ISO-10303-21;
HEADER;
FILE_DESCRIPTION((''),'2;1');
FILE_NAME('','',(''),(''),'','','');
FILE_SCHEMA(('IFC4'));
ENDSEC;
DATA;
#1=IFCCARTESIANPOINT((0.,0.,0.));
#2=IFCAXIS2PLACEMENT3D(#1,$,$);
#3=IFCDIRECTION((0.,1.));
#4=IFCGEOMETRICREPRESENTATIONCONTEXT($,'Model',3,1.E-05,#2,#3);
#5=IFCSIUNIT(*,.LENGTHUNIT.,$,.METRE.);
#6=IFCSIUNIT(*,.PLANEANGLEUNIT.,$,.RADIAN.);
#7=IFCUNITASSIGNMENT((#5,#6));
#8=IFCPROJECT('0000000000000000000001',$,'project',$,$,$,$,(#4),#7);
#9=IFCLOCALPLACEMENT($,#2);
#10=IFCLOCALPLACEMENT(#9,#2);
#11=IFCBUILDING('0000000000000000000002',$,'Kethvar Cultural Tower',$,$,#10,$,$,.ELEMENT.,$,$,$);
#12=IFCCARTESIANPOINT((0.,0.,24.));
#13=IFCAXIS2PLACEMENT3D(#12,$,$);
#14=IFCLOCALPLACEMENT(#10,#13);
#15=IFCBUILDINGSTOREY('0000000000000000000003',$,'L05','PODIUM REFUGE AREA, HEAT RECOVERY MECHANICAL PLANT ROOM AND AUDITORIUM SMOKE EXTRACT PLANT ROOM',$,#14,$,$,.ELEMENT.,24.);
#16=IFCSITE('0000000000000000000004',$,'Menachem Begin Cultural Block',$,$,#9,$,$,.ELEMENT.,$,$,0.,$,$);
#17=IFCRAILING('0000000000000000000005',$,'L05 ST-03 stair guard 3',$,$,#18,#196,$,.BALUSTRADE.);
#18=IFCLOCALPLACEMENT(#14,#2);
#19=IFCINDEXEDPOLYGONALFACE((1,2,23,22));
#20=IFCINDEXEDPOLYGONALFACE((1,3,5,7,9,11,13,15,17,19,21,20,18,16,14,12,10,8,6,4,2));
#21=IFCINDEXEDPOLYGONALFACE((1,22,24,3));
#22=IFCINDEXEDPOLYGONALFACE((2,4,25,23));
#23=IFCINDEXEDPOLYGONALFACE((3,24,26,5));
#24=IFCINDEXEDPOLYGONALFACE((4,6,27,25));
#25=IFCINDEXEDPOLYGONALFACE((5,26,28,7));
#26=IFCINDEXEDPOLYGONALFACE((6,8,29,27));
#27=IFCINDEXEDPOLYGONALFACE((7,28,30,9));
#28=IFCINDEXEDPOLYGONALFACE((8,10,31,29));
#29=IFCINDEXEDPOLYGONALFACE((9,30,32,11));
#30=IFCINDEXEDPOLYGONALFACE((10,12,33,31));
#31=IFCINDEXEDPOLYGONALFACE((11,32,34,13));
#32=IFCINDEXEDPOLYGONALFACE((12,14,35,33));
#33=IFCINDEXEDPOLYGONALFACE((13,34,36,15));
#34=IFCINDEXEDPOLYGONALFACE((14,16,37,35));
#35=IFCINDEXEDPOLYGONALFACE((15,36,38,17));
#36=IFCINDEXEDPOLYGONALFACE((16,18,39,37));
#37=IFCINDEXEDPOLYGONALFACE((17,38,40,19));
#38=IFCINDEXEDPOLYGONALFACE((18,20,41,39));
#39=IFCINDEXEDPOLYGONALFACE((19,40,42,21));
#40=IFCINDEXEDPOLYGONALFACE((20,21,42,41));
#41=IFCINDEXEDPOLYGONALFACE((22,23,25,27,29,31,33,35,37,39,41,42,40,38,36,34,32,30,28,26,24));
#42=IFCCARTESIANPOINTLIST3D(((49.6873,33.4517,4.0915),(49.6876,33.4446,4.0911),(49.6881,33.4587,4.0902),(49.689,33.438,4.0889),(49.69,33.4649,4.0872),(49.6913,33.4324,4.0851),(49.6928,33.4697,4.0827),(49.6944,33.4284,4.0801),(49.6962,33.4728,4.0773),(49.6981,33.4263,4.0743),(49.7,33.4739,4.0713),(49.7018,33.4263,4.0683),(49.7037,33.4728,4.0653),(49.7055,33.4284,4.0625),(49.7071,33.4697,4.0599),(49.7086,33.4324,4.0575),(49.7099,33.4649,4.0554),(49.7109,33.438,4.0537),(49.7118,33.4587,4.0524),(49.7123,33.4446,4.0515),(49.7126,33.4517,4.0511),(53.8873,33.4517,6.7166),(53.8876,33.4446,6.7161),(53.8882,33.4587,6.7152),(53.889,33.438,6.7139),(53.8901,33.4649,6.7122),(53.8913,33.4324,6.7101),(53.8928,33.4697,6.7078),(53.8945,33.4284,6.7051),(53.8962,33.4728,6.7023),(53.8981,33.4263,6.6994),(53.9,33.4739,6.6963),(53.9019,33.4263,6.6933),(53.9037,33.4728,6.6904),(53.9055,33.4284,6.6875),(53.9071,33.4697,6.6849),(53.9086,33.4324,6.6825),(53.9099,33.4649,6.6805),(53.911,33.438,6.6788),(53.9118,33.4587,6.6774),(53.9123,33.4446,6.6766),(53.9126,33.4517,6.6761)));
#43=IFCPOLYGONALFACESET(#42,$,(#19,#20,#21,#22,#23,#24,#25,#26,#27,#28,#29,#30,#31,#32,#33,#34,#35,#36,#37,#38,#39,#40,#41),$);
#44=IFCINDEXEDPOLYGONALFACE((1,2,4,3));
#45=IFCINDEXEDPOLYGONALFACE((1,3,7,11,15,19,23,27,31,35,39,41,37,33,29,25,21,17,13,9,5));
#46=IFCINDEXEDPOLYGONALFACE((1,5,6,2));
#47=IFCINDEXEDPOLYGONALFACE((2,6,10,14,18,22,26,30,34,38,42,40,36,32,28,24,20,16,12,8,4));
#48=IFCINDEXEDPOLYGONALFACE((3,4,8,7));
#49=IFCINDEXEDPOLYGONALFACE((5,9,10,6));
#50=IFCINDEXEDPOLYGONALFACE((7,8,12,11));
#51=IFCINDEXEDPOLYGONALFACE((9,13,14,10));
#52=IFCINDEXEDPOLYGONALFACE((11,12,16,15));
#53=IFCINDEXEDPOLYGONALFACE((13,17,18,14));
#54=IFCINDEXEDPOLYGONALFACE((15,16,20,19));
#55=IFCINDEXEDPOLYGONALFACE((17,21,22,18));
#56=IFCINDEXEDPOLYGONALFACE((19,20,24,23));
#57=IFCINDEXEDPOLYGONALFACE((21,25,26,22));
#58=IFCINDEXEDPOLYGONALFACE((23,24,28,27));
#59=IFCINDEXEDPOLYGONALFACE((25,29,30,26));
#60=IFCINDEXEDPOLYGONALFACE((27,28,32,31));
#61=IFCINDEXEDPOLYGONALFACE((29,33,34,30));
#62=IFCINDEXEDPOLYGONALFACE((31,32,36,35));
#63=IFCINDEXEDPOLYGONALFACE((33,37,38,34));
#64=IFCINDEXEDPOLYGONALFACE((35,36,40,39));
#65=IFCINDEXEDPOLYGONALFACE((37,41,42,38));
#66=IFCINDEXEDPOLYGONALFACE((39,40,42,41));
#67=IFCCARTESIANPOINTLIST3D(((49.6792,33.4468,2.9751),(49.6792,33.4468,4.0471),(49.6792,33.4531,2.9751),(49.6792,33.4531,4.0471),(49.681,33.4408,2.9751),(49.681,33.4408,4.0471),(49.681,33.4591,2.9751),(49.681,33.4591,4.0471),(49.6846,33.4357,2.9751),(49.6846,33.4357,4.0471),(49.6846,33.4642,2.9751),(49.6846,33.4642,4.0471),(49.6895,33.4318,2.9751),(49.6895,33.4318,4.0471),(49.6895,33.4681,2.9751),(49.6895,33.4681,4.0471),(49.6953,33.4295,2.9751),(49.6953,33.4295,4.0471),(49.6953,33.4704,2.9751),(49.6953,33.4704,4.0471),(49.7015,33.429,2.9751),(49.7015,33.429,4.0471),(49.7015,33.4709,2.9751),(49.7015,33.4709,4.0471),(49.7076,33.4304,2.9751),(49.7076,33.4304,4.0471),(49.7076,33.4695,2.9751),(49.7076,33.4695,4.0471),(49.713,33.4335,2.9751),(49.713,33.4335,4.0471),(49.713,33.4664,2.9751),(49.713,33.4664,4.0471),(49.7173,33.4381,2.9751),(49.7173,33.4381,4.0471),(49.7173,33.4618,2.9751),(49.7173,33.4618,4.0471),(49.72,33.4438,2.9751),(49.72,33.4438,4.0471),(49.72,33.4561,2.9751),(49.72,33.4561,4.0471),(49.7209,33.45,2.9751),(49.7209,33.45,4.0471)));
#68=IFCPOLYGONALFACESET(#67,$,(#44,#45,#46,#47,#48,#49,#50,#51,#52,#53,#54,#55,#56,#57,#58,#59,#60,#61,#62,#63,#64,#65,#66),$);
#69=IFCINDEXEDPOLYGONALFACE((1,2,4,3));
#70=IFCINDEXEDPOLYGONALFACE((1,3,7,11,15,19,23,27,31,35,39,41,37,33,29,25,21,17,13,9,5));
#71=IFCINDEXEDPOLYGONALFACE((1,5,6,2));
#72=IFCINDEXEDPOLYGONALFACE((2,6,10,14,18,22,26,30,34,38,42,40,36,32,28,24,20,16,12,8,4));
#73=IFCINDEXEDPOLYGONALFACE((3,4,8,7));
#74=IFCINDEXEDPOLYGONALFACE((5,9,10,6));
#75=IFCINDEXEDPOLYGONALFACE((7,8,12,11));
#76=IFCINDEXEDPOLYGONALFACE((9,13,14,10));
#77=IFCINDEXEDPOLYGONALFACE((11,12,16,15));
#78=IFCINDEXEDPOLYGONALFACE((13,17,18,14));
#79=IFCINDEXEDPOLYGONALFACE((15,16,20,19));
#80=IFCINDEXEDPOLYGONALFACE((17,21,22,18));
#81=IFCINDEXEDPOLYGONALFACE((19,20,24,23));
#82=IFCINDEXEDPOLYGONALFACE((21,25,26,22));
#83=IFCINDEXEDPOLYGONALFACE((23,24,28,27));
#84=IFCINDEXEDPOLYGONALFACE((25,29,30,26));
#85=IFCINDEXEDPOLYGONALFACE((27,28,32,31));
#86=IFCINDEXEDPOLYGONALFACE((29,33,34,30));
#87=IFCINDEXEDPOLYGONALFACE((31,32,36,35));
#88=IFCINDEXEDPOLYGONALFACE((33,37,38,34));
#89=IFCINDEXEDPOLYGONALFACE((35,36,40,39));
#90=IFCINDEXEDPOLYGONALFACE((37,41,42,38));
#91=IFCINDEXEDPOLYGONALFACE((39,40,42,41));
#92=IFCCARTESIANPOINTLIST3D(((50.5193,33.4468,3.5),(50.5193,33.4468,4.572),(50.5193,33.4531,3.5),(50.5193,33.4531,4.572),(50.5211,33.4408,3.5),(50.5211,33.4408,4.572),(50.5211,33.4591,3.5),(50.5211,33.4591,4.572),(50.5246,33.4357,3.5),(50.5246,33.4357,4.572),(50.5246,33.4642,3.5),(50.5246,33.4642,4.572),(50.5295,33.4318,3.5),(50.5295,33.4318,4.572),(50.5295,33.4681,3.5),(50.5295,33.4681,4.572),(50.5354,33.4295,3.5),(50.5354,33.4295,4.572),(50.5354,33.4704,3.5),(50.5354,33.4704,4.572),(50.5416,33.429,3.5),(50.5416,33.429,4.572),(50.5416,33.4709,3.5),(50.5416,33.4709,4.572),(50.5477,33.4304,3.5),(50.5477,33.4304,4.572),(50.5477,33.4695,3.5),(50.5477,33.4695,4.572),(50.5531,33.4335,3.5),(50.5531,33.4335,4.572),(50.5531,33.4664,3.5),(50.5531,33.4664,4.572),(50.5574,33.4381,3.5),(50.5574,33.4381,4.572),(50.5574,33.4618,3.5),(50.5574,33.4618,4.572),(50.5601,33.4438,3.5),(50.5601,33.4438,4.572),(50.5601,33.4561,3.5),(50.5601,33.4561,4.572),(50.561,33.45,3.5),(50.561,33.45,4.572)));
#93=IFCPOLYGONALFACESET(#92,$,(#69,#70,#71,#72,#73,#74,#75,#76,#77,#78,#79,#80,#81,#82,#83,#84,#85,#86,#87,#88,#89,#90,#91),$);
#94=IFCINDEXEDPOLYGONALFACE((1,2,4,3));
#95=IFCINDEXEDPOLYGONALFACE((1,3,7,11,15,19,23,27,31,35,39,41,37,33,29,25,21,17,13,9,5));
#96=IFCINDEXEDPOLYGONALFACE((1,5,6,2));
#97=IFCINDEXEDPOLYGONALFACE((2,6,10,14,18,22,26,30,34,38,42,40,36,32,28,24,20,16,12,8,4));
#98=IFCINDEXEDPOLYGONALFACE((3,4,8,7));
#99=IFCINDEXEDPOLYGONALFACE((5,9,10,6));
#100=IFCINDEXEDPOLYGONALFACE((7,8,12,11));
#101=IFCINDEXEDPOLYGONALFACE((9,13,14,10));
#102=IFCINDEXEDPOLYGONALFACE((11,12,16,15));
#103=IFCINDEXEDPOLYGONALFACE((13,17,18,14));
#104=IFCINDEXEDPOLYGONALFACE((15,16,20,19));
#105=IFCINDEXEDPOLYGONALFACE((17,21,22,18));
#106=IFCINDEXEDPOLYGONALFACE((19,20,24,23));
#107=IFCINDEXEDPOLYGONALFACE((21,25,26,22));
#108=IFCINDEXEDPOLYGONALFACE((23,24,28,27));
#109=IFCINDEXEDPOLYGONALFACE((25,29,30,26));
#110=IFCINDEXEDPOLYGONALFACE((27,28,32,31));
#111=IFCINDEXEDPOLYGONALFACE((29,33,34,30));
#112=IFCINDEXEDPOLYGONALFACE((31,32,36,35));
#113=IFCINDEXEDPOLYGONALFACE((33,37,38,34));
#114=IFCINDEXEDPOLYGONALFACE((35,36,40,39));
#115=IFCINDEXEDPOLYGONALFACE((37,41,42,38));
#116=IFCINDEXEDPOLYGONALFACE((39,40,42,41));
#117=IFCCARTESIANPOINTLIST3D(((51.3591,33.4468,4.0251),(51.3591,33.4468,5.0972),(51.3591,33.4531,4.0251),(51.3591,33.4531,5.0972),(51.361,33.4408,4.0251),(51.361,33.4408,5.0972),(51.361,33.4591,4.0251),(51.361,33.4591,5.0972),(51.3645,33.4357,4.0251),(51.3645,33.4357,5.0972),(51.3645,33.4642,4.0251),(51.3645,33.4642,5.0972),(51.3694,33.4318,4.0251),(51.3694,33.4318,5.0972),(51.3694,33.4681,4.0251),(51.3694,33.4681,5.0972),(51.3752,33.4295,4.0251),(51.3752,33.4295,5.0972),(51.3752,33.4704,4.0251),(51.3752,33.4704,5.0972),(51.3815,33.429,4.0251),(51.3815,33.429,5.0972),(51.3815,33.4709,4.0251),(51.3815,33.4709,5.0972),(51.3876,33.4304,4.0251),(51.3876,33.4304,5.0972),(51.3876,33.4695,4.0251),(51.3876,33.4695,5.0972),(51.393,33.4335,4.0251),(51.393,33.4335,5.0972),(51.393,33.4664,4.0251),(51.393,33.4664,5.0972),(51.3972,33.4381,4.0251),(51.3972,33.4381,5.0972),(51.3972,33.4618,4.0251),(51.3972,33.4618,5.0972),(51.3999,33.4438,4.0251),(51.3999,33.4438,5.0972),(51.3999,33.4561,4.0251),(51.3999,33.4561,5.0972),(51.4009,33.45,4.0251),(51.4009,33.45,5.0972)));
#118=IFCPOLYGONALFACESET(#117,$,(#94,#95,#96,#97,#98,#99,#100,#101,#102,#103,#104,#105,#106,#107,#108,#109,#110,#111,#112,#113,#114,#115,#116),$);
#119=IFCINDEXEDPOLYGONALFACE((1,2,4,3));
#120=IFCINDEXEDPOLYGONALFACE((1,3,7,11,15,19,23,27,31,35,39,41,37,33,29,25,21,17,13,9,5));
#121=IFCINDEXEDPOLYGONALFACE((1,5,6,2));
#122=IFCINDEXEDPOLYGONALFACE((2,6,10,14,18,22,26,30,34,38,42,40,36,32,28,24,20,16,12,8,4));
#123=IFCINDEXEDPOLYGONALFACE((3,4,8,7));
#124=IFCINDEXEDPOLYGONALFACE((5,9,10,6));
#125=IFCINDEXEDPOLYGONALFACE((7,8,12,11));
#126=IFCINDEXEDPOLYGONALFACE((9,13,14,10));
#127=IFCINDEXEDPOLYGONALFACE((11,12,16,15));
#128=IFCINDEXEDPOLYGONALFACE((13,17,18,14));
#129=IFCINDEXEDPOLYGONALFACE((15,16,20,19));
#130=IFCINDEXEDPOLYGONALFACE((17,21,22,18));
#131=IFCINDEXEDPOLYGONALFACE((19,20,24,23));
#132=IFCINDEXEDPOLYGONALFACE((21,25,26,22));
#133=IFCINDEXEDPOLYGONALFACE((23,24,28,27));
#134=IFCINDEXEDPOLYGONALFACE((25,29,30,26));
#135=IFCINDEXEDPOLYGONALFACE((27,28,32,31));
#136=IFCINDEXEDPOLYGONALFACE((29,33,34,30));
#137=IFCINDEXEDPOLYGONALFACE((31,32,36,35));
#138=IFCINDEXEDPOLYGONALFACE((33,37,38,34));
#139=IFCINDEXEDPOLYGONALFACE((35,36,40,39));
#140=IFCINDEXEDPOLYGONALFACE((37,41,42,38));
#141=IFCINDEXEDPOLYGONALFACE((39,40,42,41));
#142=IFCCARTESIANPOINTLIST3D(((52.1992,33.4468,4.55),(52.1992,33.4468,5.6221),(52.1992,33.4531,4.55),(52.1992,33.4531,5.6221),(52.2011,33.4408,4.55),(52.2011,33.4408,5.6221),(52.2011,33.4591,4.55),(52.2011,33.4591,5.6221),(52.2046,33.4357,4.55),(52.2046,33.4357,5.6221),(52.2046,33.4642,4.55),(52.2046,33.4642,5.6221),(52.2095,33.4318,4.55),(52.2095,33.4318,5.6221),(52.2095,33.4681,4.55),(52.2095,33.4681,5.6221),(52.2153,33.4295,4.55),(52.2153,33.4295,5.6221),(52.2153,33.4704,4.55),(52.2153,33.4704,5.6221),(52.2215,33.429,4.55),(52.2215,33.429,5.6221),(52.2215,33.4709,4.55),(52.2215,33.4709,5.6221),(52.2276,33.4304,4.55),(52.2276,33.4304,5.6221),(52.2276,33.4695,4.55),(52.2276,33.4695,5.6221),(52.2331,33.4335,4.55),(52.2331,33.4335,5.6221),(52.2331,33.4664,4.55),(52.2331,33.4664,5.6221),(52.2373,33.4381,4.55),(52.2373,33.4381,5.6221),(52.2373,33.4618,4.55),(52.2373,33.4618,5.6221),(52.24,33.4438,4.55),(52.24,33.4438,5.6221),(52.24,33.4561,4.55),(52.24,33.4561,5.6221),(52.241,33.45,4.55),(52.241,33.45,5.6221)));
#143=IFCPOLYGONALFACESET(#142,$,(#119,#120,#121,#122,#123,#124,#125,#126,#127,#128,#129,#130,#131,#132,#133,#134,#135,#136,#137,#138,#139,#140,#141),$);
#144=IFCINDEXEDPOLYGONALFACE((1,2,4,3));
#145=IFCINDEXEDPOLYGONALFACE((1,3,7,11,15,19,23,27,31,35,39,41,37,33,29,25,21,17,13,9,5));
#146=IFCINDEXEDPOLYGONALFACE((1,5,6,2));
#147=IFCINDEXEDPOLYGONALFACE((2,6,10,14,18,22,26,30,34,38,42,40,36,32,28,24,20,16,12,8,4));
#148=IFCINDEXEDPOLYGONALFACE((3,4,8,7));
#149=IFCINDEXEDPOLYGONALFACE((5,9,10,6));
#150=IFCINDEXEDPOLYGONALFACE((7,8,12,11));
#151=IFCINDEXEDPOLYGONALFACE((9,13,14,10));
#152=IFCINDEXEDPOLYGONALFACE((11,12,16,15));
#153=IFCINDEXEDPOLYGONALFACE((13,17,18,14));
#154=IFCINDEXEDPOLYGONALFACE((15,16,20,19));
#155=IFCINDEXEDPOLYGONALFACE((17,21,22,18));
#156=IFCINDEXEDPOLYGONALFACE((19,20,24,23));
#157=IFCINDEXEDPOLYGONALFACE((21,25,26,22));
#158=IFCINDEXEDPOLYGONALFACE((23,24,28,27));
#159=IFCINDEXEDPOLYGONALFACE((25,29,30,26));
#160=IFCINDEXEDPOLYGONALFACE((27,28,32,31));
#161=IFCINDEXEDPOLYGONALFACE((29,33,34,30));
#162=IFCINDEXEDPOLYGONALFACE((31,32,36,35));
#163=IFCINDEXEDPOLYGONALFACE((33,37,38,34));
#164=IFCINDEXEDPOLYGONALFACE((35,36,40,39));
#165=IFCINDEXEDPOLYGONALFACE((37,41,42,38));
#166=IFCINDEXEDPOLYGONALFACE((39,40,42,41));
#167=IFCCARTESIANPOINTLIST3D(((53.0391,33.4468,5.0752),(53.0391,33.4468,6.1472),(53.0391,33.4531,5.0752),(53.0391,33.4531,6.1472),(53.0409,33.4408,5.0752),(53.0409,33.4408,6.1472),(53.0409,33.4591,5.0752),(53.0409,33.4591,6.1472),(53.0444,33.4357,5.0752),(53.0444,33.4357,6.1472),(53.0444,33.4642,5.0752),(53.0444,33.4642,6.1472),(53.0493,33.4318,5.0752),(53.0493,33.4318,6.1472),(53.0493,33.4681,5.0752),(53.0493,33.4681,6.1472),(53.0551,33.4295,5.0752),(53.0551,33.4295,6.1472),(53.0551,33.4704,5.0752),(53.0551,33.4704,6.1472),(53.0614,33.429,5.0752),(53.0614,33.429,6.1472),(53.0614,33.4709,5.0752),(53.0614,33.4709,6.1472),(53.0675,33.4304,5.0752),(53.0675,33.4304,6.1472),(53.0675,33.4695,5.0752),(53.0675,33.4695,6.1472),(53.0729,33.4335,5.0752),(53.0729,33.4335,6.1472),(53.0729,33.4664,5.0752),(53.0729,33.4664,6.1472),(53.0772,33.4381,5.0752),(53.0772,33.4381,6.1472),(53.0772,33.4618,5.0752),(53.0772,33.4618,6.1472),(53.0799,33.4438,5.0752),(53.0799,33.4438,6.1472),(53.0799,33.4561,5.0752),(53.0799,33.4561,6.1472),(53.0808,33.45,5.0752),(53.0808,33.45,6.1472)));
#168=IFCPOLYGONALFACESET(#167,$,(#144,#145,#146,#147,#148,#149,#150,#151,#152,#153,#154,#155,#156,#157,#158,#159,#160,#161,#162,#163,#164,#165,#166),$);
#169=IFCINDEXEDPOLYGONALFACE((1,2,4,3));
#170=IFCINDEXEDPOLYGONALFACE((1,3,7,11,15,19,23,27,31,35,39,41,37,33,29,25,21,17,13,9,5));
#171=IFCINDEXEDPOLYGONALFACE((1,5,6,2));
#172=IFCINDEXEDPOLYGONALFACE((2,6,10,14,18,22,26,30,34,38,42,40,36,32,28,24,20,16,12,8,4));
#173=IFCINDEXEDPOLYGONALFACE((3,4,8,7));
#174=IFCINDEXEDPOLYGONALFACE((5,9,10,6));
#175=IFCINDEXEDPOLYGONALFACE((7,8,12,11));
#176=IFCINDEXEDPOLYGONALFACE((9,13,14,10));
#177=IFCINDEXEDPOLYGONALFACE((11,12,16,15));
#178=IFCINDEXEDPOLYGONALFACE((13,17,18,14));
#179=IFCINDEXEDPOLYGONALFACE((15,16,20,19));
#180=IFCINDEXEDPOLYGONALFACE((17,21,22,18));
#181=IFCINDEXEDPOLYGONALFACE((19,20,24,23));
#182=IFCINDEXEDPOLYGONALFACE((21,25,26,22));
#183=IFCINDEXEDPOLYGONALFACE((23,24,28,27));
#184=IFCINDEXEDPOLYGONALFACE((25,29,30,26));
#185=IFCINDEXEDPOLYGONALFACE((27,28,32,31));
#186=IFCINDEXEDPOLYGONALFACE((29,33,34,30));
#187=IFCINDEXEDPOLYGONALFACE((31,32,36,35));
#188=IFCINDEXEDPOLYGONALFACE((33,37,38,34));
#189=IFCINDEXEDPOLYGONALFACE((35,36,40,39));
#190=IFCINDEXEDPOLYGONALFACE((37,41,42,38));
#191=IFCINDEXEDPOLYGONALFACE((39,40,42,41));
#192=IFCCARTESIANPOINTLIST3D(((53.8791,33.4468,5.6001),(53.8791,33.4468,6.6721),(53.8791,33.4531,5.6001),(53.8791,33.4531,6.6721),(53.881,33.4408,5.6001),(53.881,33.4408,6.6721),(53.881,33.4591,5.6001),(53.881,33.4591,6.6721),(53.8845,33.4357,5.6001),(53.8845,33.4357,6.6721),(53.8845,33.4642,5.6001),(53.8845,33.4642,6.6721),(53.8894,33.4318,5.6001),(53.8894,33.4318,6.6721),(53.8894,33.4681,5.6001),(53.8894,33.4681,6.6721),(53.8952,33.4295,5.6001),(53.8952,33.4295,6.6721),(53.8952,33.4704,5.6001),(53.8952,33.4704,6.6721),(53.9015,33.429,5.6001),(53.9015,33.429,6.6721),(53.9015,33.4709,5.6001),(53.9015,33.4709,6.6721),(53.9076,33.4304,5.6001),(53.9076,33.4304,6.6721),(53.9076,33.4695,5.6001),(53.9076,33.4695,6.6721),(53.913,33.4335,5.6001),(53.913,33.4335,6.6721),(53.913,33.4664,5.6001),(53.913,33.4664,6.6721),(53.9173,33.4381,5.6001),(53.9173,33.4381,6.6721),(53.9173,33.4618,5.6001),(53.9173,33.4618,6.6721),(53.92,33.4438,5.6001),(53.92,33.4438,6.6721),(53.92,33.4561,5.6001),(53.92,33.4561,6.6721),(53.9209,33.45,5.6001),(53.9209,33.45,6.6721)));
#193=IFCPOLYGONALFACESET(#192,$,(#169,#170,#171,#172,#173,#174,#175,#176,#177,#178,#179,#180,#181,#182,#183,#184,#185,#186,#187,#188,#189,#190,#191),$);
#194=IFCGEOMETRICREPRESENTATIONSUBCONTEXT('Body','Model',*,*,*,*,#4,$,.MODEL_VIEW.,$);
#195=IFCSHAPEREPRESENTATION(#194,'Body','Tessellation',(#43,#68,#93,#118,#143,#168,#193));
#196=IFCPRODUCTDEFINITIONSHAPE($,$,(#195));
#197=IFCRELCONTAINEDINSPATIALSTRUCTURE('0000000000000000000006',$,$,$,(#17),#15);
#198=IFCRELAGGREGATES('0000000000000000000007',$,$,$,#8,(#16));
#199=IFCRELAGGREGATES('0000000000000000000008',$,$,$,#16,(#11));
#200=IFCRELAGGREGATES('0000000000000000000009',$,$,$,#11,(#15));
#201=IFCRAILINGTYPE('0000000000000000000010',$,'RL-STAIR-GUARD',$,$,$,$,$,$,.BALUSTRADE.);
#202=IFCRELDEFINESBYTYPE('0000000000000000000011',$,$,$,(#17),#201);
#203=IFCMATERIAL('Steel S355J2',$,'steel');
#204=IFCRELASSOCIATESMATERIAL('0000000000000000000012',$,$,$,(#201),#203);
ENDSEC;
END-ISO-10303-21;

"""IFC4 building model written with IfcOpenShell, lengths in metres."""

from ifc_helpers import new_model, si_unit, direction, frame, origin, origin_2d, place, context, subcontext, project, spatial, circle, extrude, material, type_object, element, save


model = new_model("IFC4")

# Units and contexts
model_context = context("Model", 3, precision=1e-05, world=origin(), true_north=direction((0.0, 1.0)))
body_context = subcontext(model_context, "Body", "Model", "MODEL_VIEW")
ifc_project = project(units=[si_unit("LENGTHUNIT", "METRE"), si_unit("PLANEANGLEUNIT", "RADIAN")], contexts=[model_context])

# Site, building, storey
site_placement = place(None, origin())
site = spatial("IfcSite", under=ifc_project, at=site_placement, Name="Menachem Begin Cultural Block", CompositionType="ELEMENT", RefElevation=0.0)
building_placement = place(site_placement, origin())
building = spatial("IfcBuilding", under=site, at=building_placement, Name="Kethvar Cultural Tower", CompositionType="ELEMENT")
storey_placement = place(building_placement, frame((0.0, 0.0, 24.0)))
storey = spatial("IfcBuildingStorey", under=building, at=storey_placement, Name="L05", Description="PODIUM REFUGE AREA, HEAT RECOVERY MECHANICAL PLANT ROOM AND AUDITORIUM SMOKE EXTRACT PLANT ROOM", CompositionType="ELEMENT", Elevation=24.0)

# Railing
ifc_material_1 = material(Name="Steel S355J2", Category="steel")
railing_type_1 = type_object("IfcRailingType", Name="RL-STAIR-GUARD", PredefinedType="BALUSTRADE", material=ifc_material_1)
railing_1_placement = place(storey_placement, frame((49.7, 33.45, 2.9751)))
element("IfcRailing", 1, at=railing_1_placement, inside=storey, type_object=railing_type_1, Name="L05 ST-03 stair guard 3", PredefinedType="BALUSTRADE", context=body_context, shape_type="SweptSolid", body=[
    extrude(circle(Radius=0.0239, at=origin_2d()), frame((0.0, 0.0, 1.0962), z_axis=(0.847996, 0.0, 0.530003), x_axis=(0.0, 1.0, 0.0)), (0.0, 0.0, 1.0), 4.9529),
    extrude(circle(Radius=0.021, at=origin_2d()), origin(), (0.0, 0.0, 1.0), 1.072),
    extrude(circle(Radius=0.021, at=origin_2d()), frame((0.8401, 0.0, 0.5249)), (0.0, 0.0, 1.0), 1.072),
    extrude(circle(Radius=0.021, at=origin_2d()), frame((1.6799, 0.0, 1.05)), (0.0, 0.0, 1.0), 1.072),
    extrude(circle(Radius=0.021, at=origin_2d()), frame((2.52, 0.0, 1.575)), (0.0, 0.0, 1.0), 1.072),
    extrude(circle(Radius=0.021, at=origin_2d()), frame((3.3599, 0.0, 2.1001)), (0.0, 0.0, 1.0), 1.072),
    extrude(circle(Radius=0.021, at=origin_2d()), frame((4.2, 0.0, 2.625)), (0.0, 0.0, 1.0), 1.072),
])

save(model, "model.ifc")
